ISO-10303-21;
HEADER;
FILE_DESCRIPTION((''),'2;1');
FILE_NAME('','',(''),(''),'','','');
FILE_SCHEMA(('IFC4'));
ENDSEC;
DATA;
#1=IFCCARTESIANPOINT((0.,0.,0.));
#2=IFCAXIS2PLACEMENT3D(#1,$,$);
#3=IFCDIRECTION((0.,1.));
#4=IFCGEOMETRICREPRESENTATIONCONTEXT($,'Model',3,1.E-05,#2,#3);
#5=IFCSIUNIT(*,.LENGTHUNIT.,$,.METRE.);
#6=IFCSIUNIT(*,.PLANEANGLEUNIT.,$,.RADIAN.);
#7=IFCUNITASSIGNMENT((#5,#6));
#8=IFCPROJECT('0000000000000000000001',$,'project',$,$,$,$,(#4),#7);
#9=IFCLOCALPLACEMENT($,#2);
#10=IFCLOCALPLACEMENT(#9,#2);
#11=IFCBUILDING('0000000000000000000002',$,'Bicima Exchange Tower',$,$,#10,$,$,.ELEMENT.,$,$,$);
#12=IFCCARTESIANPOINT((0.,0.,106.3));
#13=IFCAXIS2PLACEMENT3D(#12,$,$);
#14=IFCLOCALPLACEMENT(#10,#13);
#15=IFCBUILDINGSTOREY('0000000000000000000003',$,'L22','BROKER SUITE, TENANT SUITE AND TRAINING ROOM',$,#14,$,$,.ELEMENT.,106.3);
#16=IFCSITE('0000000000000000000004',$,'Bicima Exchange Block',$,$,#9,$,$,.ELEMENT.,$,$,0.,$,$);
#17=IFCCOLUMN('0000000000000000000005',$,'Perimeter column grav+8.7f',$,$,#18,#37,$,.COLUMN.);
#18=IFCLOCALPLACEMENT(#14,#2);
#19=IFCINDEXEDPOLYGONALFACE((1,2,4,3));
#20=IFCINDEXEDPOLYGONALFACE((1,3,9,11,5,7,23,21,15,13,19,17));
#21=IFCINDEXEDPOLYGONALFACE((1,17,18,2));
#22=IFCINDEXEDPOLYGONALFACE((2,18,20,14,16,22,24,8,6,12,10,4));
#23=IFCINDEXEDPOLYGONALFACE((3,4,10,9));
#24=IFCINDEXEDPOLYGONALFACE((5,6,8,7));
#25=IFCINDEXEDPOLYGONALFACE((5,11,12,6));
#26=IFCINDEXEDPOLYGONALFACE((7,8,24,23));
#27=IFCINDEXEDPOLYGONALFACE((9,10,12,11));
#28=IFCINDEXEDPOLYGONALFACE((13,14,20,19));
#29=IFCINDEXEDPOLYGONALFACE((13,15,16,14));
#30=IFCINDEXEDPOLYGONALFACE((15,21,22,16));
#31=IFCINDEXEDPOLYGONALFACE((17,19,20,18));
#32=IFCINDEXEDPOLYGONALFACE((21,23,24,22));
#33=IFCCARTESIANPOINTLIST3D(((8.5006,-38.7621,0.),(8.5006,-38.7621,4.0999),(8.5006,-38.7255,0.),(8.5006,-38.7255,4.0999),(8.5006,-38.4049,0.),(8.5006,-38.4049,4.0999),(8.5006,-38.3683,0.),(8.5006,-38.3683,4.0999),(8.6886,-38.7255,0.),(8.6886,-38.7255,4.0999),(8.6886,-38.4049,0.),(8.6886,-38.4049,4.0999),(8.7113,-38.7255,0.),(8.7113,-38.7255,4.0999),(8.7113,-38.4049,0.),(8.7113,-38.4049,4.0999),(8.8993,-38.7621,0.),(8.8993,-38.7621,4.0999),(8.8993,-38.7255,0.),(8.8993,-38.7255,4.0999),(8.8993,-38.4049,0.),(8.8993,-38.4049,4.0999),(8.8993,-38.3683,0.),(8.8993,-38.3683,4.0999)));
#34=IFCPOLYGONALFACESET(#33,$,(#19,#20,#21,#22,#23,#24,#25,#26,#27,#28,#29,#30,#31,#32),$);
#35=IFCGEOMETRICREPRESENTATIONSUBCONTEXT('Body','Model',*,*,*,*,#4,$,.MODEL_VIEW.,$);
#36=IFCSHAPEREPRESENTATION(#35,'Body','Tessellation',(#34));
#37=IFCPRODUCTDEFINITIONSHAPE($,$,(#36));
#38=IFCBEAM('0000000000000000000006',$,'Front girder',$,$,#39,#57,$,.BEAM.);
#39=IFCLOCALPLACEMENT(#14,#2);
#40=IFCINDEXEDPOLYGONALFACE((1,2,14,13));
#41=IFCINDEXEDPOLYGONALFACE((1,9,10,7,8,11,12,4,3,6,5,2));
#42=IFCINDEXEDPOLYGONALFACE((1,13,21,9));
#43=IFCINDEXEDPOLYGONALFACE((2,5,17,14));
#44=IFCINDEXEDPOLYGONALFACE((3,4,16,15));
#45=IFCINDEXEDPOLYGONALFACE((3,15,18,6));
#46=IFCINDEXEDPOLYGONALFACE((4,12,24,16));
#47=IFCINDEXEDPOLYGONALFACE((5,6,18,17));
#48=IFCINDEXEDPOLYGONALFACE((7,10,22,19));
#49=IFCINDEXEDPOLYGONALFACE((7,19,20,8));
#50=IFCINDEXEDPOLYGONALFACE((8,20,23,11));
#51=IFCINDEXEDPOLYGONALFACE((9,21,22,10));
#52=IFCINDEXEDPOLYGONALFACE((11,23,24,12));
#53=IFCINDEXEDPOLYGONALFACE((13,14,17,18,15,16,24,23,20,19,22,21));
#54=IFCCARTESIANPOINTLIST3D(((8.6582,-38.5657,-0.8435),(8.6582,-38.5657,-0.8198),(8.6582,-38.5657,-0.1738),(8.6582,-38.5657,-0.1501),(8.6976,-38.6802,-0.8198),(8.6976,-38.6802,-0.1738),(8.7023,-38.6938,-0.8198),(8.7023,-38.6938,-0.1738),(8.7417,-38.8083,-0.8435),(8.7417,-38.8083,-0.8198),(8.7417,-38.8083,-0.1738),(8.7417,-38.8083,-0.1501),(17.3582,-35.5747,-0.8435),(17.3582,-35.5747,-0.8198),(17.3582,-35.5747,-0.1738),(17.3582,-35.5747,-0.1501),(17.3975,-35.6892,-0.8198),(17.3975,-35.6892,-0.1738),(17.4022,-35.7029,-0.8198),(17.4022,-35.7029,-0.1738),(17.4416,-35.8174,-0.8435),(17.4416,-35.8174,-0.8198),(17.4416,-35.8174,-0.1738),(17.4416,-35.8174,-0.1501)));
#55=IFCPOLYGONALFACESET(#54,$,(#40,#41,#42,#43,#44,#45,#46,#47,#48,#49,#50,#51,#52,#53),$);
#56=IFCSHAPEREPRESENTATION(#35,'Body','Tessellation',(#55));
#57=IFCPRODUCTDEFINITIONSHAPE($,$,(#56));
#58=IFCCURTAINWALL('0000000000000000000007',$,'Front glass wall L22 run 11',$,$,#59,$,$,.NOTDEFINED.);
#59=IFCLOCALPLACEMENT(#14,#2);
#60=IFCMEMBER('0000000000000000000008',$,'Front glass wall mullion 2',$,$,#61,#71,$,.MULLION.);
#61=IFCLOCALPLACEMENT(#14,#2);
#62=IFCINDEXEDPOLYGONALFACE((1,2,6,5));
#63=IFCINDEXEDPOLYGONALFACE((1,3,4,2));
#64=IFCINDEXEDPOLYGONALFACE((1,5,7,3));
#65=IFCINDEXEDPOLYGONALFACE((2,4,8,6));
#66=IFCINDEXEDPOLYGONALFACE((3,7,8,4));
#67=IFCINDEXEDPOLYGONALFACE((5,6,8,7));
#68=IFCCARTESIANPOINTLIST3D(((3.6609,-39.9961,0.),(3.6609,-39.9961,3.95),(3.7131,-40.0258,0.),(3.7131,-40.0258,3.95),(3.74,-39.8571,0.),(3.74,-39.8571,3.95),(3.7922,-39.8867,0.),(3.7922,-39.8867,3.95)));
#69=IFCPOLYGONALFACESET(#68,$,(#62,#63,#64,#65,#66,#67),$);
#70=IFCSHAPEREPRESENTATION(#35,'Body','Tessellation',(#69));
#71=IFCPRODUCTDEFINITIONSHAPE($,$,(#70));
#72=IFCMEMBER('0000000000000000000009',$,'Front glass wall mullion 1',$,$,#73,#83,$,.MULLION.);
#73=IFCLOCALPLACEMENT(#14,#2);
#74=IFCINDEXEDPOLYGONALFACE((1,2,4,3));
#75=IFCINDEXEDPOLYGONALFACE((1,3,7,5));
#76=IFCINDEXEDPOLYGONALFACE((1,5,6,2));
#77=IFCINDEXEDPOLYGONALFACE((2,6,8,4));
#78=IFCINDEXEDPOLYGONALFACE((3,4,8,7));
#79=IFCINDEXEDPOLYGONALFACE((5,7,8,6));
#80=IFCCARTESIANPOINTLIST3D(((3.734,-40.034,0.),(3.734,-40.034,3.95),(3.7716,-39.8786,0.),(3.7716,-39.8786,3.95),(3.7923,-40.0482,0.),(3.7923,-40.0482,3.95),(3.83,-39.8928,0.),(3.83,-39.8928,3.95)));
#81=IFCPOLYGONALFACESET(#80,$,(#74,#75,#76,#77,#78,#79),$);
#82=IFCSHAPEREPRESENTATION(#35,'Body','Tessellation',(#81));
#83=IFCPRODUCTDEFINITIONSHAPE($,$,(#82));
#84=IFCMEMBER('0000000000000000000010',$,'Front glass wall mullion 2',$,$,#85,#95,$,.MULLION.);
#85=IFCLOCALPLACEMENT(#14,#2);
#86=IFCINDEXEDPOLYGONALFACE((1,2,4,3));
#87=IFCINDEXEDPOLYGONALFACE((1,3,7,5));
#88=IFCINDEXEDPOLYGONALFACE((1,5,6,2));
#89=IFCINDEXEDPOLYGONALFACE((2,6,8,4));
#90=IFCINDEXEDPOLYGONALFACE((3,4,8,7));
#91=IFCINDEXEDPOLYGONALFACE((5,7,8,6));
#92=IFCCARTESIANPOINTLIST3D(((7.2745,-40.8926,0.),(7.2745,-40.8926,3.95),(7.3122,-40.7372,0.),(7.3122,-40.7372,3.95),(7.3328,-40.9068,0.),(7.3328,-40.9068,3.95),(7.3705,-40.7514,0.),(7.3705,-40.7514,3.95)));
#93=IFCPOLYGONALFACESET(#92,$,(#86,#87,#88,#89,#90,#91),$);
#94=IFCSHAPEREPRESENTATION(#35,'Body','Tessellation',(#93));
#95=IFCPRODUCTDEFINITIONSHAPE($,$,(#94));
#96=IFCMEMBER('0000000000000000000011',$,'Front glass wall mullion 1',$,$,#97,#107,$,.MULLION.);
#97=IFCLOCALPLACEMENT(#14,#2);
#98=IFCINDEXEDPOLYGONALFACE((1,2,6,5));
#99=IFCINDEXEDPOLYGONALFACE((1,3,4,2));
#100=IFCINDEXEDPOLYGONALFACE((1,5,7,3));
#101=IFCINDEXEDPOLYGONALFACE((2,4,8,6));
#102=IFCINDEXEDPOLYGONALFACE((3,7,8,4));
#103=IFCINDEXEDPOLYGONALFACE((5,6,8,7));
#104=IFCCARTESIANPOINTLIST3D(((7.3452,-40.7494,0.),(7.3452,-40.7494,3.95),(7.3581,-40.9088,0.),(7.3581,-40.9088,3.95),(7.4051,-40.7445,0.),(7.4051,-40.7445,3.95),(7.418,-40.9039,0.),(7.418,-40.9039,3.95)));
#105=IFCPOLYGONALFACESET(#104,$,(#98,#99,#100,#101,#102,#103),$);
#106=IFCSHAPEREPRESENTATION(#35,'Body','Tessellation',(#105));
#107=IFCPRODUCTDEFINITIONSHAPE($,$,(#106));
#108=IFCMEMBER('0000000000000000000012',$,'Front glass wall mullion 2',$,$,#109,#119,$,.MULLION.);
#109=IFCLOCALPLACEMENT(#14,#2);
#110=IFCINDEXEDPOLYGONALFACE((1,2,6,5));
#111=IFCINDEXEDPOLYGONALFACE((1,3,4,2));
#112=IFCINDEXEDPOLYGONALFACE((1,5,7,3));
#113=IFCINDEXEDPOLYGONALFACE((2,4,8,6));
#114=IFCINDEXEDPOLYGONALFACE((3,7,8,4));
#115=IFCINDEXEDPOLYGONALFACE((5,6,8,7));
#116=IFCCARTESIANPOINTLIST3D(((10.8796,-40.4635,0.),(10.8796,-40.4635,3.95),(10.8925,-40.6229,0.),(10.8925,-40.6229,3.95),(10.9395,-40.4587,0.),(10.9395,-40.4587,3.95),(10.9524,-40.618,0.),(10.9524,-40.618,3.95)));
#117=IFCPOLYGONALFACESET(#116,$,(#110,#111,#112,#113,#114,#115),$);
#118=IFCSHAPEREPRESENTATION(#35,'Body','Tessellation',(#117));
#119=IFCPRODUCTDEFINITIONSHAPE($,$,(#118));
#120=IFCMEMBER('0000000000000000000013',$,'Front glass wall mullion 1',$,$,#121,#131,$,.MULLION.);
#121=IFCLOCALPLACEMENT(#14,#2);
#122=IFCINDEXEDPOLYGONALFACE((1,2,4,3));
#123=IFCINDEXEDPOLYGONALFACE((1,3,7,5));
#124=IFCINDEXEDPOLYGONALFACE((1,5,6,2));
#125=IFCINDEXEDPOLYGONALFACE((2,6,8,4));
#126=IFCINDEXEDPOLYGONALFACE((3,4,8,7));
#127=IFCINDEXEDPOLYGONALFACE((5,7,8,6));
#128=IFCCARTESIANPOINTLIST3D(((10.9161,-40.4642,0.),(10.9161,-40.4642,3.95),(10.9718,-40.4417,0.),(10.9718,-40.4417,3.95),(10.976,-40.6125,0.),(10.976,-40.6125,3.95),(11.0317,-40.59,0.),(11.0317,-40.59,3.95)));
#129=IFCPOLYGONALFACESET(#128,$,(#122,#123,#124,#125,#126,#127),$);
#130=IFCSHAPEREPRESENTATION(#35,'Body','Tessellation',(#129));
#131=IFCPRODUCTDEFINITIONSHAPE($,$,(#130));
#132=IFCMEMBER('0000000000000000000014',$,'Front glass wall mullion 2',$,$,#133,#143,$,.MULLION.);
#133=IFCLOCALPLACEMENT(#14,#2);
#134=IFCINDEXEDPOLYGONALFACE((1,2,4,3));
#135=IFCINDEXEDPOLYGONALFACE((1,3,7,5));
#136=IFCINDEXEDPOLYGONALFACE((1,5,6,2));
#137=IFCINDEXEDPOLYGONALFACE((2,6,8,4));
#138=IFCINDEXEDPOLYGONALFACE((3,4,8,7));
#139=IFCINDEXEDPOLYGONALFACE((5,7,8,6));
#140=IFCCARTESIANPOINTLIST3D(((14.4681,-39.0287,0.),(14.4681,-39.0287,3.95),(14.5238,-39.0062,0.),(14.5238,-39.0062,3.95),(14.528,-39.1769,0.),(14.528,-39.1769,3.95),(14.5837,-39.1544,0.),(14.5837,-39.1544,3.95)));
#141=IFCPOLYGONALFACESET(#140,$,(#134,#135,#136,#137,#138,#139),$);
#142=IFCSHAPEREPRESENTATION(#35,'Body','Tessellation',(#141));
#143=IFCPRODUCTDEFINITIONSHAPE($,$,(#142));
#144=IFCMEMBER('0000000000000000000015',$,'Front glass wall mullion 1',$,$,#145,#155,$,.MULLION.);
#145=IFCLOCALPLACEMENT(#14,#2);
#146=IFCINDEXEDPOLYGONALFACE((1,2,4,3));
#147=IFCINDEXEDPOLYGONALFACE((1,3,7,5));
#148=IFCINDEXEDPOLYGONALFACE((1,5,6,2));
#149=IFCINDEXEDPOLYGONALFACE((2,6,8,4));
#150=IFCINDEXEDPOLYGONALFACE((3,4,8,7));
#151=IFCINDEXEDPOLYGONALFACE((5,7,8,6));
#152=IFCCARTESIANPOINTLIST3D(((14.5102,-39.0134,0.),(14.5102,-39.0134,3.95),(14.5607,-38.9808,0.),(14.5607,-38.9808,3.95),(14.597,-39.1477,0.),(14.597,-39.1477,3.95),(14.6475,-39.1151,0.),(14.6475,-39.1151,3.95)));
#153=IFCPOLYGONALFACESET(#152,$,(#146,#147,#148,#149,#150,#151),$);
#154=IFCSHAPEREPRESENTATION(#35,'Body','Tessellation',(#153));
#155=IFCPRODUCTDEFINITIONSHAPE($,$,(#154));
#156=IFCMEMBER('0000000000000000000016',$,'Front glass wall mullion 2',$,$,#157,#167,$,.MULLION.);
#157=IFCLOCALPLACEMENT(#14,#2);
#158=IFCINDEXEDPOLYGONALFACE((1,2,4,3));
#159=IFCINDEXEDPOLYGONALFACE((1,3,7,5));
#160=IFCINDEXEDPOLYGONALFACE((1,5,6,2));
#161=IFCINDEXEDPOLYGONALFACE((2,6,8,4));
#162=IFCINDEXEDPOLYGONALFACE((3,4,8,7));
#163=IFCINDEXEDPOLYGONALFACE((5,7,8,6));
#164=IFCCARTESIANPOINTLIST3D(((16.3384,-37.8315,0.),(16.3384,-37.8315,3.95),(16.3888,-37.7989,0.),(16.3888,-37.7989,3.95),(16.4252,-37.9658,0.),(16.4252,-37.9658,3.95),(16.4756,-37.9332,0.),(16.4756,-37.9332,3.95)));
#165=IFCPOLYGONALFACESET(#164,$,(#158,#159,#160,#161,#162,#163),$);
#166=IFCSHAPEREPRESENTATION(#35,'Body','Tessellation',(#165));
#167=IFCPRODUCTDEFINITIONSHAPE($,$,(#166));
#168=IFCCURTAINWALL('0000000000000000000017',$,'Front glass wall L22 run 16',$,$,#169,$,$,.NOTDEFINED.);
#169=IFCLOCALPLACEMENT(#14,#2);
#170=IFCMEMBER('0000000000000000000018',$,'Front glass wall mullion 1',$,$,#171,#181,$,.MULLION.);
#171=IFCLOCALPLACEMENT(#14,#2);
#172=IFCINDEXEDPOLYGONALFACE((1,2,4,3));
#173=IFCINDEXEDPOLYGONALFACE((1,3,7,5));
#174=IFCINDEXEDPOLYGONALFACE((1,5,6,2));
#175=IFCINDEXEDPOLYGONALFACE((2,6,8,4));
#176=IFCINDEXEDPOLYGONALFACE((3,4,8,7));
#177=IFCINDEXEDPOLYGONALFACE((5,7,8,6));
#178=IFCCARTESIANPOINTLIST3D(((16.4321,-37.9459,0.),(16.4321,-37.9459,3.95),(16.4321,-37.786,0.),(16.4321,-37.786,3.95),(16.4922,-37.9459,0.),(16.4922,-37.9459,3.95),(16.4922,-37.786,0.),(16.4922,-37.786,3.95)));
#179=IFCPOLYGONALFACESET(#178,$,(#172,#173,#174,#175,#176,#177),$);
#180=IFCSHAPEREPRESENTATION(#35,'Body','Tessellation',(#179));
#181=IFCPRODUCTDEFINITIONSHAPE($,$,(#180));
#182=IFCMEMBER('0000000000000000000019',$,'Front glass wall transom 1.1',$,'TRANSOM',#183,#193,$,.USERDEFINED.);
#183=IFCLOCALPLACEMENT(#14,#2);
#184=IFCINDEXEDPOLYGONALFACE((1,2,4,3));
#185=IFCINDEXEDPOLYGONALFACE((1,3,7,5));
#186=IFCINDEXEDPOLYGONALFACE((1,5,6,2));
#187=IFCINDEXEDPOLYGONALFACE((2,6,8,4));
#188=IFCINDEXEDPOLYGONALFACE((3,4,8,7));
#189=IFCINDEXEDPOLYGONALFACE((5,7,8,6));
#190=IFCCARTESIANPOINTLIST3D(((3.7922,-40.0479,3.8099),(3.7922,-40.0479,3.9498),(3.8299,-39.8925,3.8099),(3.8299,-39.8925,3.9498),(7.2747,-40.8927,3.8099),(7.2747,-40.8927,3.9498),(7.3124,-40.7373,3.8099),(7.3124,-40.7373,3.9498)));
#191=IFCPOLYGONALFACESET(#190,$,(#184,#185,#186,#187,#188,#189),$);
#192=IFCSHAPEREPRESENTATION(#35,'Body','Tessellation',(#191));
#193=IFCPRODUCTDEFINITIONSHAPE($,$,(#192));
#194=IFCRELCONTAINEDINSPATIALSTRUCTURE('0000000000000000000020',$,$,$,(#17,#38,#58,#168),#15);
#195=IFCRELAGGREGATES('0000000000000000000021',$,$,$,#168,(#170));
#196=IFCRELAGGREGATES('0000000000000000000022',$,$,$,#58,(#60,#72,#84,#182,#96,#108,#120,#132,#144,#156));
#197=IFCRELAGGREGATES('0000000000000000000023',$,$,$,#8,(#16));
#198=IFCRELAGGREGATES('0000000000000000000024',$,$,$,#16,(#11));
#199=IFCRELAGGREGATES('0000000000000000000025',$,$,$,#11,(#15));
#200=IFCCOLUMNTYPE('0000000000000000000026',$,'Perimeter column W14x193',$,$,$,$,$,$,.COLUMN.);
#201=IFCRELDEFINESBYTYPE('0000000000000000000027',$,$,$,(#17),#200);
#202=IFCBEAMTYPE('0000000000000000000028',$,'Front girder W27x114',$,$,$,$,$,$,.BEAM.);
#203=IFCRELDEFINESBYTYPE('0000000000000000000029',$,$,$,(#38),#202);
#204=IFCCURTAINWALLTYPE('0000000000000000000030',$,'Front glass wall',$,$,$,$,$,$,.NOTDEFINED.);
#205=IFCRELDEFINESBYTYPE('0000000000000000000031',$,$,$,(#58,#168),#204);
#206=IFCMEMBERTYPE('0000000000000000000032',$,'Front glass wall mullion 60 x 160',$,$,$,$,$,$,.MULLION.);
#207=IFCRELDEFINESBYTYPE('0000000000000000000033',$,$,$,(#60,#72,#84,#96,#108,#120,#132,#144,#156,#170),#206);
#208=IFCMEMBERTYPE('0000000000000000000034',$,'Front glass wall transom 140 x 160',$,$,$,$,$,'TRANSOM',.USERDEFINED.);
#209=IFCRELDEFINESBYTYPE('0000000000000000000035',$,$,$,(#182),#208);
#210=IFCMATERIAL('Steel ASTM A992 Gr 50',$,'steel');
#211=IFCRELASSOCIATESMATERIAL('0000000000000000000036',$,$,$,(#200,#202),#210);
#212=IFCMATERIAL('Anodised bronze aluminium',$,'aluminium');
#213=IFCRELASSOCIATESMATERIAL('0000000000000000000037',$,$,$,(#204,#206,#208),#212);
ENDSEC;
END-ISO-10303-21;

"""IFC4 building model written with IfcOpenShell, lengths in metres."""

from ifc_helpers import new_model, si_unit, direction, frame, origin, origin_2d, place, context, subcontext, project, spatial, rectangle, i_section, extrude, material, material_profile, profile_set, type_object, element, aggregate, save


model = new_model("IFC4")

# Units and contexts
model_context = context("Model", 3, precision=1e-05, world=origin(), true_north=direction((0.0, 1.0)))
body_context = subcontext(model_context, "Body", "Model", "MODEL_VIEW")
ifc_project = project(units=[si_unit("LENGTHUNIT", "METRE"), si_unit("PLANEANGLEUNIT", "RADIAN")], contexts=[model_context])

# Site, building, storey
site_placement = place(None, origin())
site = spatial("IfcSite", under=ifc_project, at=site_placement, Name="Bicima Exchange Block", CompositionType="ELEMENT", RefElevation=0.0)
building_placement = place(site_placement, origin())
building = spatial("IfcBuilding", under=site, at=building_placement, Name="Bicima Exchange Tower", CompositionType="ELEMENT")
storey_placement = place(building_placement, frame((0.0, 0.0, 106.3)))
storey = spatial("IfcBuildingStorey", under=building, at=storey_placement, Name="L22", Description="BROKER SUITE, TENANT SUITE AND TRAINING ROOM", CompositionType="ELEMENT", Elevation=106.3)

# Column
ifc_material_1 = material(Name="Steel ASTM A992 Gr 50", Category="steel")
ifc_material_profile_1 = material_profile(ifc_material_1, i_section(OverallWidth=0.3987, OverallDepth=0.3938, WebThickness=0.0227, FlangeThickness=0.0366, at=origin_2d()))
ifc_profile_set_1 = profile_set([ifc_material_profile_1], Name="Steel ASTM A992 Gr 50")
column_type = type_object("IfcColumnType", Name="Perimeter column W14x193", PredefinedType="COLUMN", material=ifc_profile_set_1)
column_placement = place(storey_placement, frame((8.7, -38.5652, 0.0), z_axis=(0.0, 0.0, 1.0), x_axis=(1.0, 0.0, 0.0)))
element("IfcColumn", 1, at=column_placement, inside=storey, type_object=column_type, Name="Perimeter column grav+8.7f", PredefinedType="COLUMN", context=body_context, shape_type="SweptSolid", body=[
    extrude(i_section(OverallWidth=0.3987, OverallDepth=0.3938, WebThickness=0.0227, FlangeThickness=0.0366, at=origin_2d()), origin(), (0.0, 0.0, 1.0), 4.0999),
])

# Beam
ifc_material_profile_2 = material_profile(ifc_material_1, i_section(OverallWidth=0.2566, OverallDepth=0.6934, WebThickness=0.0144, FlangeThickness=0.0237, at=origin_2d()))
ifc_profile_set_2 = profile_set([ifc_material_profile_2], Name="Steel ASTM A992 Gr 50")
beam_type = type_object("IfcBeamType", Name="Front girder W27x114", PredefinedType="BEAM", material=ifc_profile_set_2)
beam_placement = place(storey_placement, frame((8.7, -38.687, -0.4968), z_axis=(0.945675, 0.325115, 0.0), x_axis=(-0.325115, 0.945675, 0.0)))
element("IfcBeam", 2, at=beam_placement, inside=storey, type_object=beam_type, Name="Front girder", PredefinedType="BEAM", context=body_context, shape_type="SweptSolid", body=[
    extrude(i_section(OverallWidth=0.2566, OverallDepth=0.6934, WebThickness=0.0144, FlangeThickness=0.0237, at=origin_2d()), origin(), (0.0, 0.0, 1.0), 9.1997),
])

# Curtain wall, members
ifc_material_2 = material(Name="Anodised bronze aluminium", Category="aluminium")
curtain_wall_type = type_object("IfcCurtainWallType", Name="Front glass wall", PredefinedType="NOTDEFINED", material=ifc_material_2)
curtain_wall_1_placement = place(storey_placement, origin())
curtain_wall_1 = element("IfcCurtainWall", 3, at=curtain_wall_1_placement, inside=storey, type_object=curtain_wall_type, Name="Front glass wall L22 run 11", PredefinedType="NOTDEFINED")
ifc_material_profile_3 = material_profile(ifc_material_2, rectangle(XDim=0.1599, YDim=0.0601, at=origin_2d()))
ifc_profile_set_3 = profile_set([ifc_material_profile_3], Name="Anodised bronze aluminium")
member_type_1 = type_object("IfcMemberType", Name="Front glass wall mullion 60 x 160", PredefinedType="MULLION", material=ifc_profile_set_3)
member_1_placement = place(storey_placement, frame((3.7266, -39.9414, 0.0), z_axis=(0.0, 0.0, 1.0), x_axis=(0.49433, 0.869274, 0.0)))
member_1 = element("IfcMember", 4, at=member_1_placement, type_object=member_type_1, Name="Front glass wall mullion 2", PredefinedType="MULLION", context=body_context, shape_type="SweptSolid", body=[
    extrude(rectangle(XDim=0.1599, YDim=0.0601, at=origin_2d()), origin(), (0.0, 0.0, 1.0), 3.95),
])
member_2_placement = place(storey_placement, frame((3.782, -39.9634, 0.0), z_axis=(0.0, 0.0, 1.0), x_axis=(0.235682, 0.97183, 0.0)))
member_2 = element("IfcMember", 5, at=member_2_placement, type_object=member_type_1, Name="Front glass wall mullion 1", PredefinedType="MULLION", context=body_context, shape_type="SweptSolid", body=[
    extrude(rectangle(XDim=0.1599, YDim=0.0601, at=origin_2d()), origin(), (0.0, 0.0, 1.0), 3.95),
])
member_3_placement = place(storey_placement, frame((7.3225, -40.822, 0.0), z_axis=(0.0, 0.0, 1.0), x_axis=(0.235682, 0.97183, 0.0)))
member_3 = element("IfcMember", 6, at=member_3_placement, type_object=member_type_1, Name="Front glass wall mullion 2", PredefinedType="MULLION", context=body_context, shape_type="SweptSolid", body=[
    extrude(rectangle(XDim=0.1599, YDim=0.0601, at=origin_2d()), origin(), (0.0, 0.0, 1.0), 3.95),
])
member_4_placement = place(storey_placement, frame((7.3816, -40.8267, 0.0), z_axis=(0.0, 0.0, 1.0), x_axis=(-0.080589, 0.996747, 0.0)))
member_4 = element("IfcMember", 7, at=member_4_placement, type_object=member_type_1, Name="Front glass wall mullion 1", PredefinedType="MULLION", context=body_context, shape_type="SweptSolid", body=[
    extrude(rectangle(XDim=0.1599, YDim=0.0601, at=origin_2d()), origin(), (0.0, 0.0, 1.0), 3.95),
])
member_5_placement = place(storey_placement, frame((10.916, -40.5408, 0.0), z_axis=(0.0, 0.0, 1.0), x_axis=(-0.080589, 0.996747, 0.0)))
member_5 = element("IfcMember", 8, at=member_5_placement, type_object=member_type_1, Name="Front glass wall mullion 2", PredefinedType="MULLION", context=body_context, shape_type="SweptSolid", body=[
    extrude(rectangle(XDim=0.1599, YDim=0.0601, at=origin_2d()), origin(), (0.0, 0.0, 1.0), 3.95),
])
member_6_placement = place(storey_placement, frame((10.9739, -40.5271, 0.0), z_axis=(0.0, 0.0, 1.0), x_axis=(-0.374705, 0.927144, 0.0)))
member_6 = element("IfcMember", 9, at=member_6_placement, type_object=member_type_1, Name="Front glass wall mullion 1", PredefinedType="MULLION", context=body_context, shape_type="SweptSolid", body=[
    extrude(rectangle(XDim=0.1599, YDim=0.0601, at=origin_2d()), origin(), (0.0, 0.0, 1.0), 3.95),
])
member_7_placement = place(storey_placement, frame((14.5259, -39.0916, 0.0), z_axis=(0.0, 0.0, 1.0), x_axis=(-0.374705, 0.927144, 0.0)))
member_7 = element("IfcMember", 10, at=member_7_placement, type_object=member_type_1, Name="Front glass wall mullion 2", PredefinedType="MULLION", context=body_context, shape_type="SweptSolid", body=[
    extrude(rectangle(XDim=0.1599, YDim=0.0601, at=origin_2d()), origin(), (0.0, 0.0, 1.0), 3.95),
])
member_8_placement = place(storey_placement, frame((14.5789, -39.0642, 0.0), z_axis=(0.0, 0.0, 1.0), x_axis=(-0.542909, 0.839791, 0.0)))
member_8 = element("IfcMember", 11, at=member_8_placement, type_object=member_type_1, Name="Front glass wall mullion 1", PredefinedType="MULLION", context=body_context, shape_type="SweptSolid", body=[
    extrude(rectangle(XDim=0.1599, YDim=0.0601, at=origin_2d()), origin(), (0.0, 0.0, 1.0), 3.95),
])
member_9_placement = place(storey_placement, frame((16.407, -37.8823, 0.0), z_axis=(0.0, 0.0, 1.0), x_axis=(-0.542909, 0.839791, 0.0)))
member_9 = element("IfcMember", 12, at=member_9_placement, type_object=member_type_1, Name="Front glass wall mullion 2", PredefinedType="MULLION", context=body_context, shape_type="SweptSolid", body=[
    extrude(rectangle(XDim=0.1599, YDim=0.0601, at=origin_2d()), origin(), (0.0, 0.0, 1.0), 3.95),
])

# Curtain wall, member
curtain_wall_2_placement = place(storey_placement, origin())
curtain_wall_2 = element("IfcCurtainWall", 13, at=curtain_wall_2_placement, inside=storey, type_object=curtain_wall_type, Name="Front glass wall L22 run 16", PredefinedType="NOTDEFINED")
member_10_placement = place(storey_placement, frame((16.4622, -37.866, 0.0), z_axis=(0.0, 0.0, 1.0), x_axis=(0.0, 1.0, 0.0)))
member_10 = element("IfcMember", 14, at=member_10_placement, type_object=member_type_1, Name="Front glass wall mullion 1", PredefinedType="MULLION", context=body_context, shape_type="SweptSolid", body=[
    extrude(rectangle(XDim=0.1599, YDim=0.0601, at=origin_2d()), origin(), (0.0, 0.0, 1.0), 3.95),
])

# Member
ifc_material_profile_4 = material_profile(ifc_material_2, rectangle(XDim=0.1599, YDim=0.1399, at=origin_2d()))
ifc_profile_set_4 = profile_set([ifc_material_profile_4], Name="Anodised bronze aluminium")
member_type_2 = type_object("IfcMemberType", Name="Front glass wall transom 140 x 160", ElementType="TRANSOM", PredefinedType="USERDEFINED", material=ifc_profile_set_4)
member_11_placement = place(storey_placement, frame((3.811, -39.9702, 3.8799), z_axis=(0.971818, -0.235733, 0.0), x_axis=(0.235733, 0.971818, 0.0)))
member_11 = element("IfcMember", 15, at=member_11_placement, type_object=member_type_2, Name="Front glass wall transom 1.1", ObjectType="TRANSOM", PredefinedType="USERDEFINED", context=body_context, shape_type="SweptSolid", body=[
    extrude(rectangle(XDim=0.1599, YDim=0.1399, at=origin_2d()), origin(), (0.0, 0.0, 1.0), 3.5835),
])
aggregate(curtain_wall_2, [member_10])

aggregate(curtain_wall_1, [member_1, member_2, member_3, member_11, member_4, member_5, member_6, member_7, member_8, member_9])

save(model, "model.ifc")
